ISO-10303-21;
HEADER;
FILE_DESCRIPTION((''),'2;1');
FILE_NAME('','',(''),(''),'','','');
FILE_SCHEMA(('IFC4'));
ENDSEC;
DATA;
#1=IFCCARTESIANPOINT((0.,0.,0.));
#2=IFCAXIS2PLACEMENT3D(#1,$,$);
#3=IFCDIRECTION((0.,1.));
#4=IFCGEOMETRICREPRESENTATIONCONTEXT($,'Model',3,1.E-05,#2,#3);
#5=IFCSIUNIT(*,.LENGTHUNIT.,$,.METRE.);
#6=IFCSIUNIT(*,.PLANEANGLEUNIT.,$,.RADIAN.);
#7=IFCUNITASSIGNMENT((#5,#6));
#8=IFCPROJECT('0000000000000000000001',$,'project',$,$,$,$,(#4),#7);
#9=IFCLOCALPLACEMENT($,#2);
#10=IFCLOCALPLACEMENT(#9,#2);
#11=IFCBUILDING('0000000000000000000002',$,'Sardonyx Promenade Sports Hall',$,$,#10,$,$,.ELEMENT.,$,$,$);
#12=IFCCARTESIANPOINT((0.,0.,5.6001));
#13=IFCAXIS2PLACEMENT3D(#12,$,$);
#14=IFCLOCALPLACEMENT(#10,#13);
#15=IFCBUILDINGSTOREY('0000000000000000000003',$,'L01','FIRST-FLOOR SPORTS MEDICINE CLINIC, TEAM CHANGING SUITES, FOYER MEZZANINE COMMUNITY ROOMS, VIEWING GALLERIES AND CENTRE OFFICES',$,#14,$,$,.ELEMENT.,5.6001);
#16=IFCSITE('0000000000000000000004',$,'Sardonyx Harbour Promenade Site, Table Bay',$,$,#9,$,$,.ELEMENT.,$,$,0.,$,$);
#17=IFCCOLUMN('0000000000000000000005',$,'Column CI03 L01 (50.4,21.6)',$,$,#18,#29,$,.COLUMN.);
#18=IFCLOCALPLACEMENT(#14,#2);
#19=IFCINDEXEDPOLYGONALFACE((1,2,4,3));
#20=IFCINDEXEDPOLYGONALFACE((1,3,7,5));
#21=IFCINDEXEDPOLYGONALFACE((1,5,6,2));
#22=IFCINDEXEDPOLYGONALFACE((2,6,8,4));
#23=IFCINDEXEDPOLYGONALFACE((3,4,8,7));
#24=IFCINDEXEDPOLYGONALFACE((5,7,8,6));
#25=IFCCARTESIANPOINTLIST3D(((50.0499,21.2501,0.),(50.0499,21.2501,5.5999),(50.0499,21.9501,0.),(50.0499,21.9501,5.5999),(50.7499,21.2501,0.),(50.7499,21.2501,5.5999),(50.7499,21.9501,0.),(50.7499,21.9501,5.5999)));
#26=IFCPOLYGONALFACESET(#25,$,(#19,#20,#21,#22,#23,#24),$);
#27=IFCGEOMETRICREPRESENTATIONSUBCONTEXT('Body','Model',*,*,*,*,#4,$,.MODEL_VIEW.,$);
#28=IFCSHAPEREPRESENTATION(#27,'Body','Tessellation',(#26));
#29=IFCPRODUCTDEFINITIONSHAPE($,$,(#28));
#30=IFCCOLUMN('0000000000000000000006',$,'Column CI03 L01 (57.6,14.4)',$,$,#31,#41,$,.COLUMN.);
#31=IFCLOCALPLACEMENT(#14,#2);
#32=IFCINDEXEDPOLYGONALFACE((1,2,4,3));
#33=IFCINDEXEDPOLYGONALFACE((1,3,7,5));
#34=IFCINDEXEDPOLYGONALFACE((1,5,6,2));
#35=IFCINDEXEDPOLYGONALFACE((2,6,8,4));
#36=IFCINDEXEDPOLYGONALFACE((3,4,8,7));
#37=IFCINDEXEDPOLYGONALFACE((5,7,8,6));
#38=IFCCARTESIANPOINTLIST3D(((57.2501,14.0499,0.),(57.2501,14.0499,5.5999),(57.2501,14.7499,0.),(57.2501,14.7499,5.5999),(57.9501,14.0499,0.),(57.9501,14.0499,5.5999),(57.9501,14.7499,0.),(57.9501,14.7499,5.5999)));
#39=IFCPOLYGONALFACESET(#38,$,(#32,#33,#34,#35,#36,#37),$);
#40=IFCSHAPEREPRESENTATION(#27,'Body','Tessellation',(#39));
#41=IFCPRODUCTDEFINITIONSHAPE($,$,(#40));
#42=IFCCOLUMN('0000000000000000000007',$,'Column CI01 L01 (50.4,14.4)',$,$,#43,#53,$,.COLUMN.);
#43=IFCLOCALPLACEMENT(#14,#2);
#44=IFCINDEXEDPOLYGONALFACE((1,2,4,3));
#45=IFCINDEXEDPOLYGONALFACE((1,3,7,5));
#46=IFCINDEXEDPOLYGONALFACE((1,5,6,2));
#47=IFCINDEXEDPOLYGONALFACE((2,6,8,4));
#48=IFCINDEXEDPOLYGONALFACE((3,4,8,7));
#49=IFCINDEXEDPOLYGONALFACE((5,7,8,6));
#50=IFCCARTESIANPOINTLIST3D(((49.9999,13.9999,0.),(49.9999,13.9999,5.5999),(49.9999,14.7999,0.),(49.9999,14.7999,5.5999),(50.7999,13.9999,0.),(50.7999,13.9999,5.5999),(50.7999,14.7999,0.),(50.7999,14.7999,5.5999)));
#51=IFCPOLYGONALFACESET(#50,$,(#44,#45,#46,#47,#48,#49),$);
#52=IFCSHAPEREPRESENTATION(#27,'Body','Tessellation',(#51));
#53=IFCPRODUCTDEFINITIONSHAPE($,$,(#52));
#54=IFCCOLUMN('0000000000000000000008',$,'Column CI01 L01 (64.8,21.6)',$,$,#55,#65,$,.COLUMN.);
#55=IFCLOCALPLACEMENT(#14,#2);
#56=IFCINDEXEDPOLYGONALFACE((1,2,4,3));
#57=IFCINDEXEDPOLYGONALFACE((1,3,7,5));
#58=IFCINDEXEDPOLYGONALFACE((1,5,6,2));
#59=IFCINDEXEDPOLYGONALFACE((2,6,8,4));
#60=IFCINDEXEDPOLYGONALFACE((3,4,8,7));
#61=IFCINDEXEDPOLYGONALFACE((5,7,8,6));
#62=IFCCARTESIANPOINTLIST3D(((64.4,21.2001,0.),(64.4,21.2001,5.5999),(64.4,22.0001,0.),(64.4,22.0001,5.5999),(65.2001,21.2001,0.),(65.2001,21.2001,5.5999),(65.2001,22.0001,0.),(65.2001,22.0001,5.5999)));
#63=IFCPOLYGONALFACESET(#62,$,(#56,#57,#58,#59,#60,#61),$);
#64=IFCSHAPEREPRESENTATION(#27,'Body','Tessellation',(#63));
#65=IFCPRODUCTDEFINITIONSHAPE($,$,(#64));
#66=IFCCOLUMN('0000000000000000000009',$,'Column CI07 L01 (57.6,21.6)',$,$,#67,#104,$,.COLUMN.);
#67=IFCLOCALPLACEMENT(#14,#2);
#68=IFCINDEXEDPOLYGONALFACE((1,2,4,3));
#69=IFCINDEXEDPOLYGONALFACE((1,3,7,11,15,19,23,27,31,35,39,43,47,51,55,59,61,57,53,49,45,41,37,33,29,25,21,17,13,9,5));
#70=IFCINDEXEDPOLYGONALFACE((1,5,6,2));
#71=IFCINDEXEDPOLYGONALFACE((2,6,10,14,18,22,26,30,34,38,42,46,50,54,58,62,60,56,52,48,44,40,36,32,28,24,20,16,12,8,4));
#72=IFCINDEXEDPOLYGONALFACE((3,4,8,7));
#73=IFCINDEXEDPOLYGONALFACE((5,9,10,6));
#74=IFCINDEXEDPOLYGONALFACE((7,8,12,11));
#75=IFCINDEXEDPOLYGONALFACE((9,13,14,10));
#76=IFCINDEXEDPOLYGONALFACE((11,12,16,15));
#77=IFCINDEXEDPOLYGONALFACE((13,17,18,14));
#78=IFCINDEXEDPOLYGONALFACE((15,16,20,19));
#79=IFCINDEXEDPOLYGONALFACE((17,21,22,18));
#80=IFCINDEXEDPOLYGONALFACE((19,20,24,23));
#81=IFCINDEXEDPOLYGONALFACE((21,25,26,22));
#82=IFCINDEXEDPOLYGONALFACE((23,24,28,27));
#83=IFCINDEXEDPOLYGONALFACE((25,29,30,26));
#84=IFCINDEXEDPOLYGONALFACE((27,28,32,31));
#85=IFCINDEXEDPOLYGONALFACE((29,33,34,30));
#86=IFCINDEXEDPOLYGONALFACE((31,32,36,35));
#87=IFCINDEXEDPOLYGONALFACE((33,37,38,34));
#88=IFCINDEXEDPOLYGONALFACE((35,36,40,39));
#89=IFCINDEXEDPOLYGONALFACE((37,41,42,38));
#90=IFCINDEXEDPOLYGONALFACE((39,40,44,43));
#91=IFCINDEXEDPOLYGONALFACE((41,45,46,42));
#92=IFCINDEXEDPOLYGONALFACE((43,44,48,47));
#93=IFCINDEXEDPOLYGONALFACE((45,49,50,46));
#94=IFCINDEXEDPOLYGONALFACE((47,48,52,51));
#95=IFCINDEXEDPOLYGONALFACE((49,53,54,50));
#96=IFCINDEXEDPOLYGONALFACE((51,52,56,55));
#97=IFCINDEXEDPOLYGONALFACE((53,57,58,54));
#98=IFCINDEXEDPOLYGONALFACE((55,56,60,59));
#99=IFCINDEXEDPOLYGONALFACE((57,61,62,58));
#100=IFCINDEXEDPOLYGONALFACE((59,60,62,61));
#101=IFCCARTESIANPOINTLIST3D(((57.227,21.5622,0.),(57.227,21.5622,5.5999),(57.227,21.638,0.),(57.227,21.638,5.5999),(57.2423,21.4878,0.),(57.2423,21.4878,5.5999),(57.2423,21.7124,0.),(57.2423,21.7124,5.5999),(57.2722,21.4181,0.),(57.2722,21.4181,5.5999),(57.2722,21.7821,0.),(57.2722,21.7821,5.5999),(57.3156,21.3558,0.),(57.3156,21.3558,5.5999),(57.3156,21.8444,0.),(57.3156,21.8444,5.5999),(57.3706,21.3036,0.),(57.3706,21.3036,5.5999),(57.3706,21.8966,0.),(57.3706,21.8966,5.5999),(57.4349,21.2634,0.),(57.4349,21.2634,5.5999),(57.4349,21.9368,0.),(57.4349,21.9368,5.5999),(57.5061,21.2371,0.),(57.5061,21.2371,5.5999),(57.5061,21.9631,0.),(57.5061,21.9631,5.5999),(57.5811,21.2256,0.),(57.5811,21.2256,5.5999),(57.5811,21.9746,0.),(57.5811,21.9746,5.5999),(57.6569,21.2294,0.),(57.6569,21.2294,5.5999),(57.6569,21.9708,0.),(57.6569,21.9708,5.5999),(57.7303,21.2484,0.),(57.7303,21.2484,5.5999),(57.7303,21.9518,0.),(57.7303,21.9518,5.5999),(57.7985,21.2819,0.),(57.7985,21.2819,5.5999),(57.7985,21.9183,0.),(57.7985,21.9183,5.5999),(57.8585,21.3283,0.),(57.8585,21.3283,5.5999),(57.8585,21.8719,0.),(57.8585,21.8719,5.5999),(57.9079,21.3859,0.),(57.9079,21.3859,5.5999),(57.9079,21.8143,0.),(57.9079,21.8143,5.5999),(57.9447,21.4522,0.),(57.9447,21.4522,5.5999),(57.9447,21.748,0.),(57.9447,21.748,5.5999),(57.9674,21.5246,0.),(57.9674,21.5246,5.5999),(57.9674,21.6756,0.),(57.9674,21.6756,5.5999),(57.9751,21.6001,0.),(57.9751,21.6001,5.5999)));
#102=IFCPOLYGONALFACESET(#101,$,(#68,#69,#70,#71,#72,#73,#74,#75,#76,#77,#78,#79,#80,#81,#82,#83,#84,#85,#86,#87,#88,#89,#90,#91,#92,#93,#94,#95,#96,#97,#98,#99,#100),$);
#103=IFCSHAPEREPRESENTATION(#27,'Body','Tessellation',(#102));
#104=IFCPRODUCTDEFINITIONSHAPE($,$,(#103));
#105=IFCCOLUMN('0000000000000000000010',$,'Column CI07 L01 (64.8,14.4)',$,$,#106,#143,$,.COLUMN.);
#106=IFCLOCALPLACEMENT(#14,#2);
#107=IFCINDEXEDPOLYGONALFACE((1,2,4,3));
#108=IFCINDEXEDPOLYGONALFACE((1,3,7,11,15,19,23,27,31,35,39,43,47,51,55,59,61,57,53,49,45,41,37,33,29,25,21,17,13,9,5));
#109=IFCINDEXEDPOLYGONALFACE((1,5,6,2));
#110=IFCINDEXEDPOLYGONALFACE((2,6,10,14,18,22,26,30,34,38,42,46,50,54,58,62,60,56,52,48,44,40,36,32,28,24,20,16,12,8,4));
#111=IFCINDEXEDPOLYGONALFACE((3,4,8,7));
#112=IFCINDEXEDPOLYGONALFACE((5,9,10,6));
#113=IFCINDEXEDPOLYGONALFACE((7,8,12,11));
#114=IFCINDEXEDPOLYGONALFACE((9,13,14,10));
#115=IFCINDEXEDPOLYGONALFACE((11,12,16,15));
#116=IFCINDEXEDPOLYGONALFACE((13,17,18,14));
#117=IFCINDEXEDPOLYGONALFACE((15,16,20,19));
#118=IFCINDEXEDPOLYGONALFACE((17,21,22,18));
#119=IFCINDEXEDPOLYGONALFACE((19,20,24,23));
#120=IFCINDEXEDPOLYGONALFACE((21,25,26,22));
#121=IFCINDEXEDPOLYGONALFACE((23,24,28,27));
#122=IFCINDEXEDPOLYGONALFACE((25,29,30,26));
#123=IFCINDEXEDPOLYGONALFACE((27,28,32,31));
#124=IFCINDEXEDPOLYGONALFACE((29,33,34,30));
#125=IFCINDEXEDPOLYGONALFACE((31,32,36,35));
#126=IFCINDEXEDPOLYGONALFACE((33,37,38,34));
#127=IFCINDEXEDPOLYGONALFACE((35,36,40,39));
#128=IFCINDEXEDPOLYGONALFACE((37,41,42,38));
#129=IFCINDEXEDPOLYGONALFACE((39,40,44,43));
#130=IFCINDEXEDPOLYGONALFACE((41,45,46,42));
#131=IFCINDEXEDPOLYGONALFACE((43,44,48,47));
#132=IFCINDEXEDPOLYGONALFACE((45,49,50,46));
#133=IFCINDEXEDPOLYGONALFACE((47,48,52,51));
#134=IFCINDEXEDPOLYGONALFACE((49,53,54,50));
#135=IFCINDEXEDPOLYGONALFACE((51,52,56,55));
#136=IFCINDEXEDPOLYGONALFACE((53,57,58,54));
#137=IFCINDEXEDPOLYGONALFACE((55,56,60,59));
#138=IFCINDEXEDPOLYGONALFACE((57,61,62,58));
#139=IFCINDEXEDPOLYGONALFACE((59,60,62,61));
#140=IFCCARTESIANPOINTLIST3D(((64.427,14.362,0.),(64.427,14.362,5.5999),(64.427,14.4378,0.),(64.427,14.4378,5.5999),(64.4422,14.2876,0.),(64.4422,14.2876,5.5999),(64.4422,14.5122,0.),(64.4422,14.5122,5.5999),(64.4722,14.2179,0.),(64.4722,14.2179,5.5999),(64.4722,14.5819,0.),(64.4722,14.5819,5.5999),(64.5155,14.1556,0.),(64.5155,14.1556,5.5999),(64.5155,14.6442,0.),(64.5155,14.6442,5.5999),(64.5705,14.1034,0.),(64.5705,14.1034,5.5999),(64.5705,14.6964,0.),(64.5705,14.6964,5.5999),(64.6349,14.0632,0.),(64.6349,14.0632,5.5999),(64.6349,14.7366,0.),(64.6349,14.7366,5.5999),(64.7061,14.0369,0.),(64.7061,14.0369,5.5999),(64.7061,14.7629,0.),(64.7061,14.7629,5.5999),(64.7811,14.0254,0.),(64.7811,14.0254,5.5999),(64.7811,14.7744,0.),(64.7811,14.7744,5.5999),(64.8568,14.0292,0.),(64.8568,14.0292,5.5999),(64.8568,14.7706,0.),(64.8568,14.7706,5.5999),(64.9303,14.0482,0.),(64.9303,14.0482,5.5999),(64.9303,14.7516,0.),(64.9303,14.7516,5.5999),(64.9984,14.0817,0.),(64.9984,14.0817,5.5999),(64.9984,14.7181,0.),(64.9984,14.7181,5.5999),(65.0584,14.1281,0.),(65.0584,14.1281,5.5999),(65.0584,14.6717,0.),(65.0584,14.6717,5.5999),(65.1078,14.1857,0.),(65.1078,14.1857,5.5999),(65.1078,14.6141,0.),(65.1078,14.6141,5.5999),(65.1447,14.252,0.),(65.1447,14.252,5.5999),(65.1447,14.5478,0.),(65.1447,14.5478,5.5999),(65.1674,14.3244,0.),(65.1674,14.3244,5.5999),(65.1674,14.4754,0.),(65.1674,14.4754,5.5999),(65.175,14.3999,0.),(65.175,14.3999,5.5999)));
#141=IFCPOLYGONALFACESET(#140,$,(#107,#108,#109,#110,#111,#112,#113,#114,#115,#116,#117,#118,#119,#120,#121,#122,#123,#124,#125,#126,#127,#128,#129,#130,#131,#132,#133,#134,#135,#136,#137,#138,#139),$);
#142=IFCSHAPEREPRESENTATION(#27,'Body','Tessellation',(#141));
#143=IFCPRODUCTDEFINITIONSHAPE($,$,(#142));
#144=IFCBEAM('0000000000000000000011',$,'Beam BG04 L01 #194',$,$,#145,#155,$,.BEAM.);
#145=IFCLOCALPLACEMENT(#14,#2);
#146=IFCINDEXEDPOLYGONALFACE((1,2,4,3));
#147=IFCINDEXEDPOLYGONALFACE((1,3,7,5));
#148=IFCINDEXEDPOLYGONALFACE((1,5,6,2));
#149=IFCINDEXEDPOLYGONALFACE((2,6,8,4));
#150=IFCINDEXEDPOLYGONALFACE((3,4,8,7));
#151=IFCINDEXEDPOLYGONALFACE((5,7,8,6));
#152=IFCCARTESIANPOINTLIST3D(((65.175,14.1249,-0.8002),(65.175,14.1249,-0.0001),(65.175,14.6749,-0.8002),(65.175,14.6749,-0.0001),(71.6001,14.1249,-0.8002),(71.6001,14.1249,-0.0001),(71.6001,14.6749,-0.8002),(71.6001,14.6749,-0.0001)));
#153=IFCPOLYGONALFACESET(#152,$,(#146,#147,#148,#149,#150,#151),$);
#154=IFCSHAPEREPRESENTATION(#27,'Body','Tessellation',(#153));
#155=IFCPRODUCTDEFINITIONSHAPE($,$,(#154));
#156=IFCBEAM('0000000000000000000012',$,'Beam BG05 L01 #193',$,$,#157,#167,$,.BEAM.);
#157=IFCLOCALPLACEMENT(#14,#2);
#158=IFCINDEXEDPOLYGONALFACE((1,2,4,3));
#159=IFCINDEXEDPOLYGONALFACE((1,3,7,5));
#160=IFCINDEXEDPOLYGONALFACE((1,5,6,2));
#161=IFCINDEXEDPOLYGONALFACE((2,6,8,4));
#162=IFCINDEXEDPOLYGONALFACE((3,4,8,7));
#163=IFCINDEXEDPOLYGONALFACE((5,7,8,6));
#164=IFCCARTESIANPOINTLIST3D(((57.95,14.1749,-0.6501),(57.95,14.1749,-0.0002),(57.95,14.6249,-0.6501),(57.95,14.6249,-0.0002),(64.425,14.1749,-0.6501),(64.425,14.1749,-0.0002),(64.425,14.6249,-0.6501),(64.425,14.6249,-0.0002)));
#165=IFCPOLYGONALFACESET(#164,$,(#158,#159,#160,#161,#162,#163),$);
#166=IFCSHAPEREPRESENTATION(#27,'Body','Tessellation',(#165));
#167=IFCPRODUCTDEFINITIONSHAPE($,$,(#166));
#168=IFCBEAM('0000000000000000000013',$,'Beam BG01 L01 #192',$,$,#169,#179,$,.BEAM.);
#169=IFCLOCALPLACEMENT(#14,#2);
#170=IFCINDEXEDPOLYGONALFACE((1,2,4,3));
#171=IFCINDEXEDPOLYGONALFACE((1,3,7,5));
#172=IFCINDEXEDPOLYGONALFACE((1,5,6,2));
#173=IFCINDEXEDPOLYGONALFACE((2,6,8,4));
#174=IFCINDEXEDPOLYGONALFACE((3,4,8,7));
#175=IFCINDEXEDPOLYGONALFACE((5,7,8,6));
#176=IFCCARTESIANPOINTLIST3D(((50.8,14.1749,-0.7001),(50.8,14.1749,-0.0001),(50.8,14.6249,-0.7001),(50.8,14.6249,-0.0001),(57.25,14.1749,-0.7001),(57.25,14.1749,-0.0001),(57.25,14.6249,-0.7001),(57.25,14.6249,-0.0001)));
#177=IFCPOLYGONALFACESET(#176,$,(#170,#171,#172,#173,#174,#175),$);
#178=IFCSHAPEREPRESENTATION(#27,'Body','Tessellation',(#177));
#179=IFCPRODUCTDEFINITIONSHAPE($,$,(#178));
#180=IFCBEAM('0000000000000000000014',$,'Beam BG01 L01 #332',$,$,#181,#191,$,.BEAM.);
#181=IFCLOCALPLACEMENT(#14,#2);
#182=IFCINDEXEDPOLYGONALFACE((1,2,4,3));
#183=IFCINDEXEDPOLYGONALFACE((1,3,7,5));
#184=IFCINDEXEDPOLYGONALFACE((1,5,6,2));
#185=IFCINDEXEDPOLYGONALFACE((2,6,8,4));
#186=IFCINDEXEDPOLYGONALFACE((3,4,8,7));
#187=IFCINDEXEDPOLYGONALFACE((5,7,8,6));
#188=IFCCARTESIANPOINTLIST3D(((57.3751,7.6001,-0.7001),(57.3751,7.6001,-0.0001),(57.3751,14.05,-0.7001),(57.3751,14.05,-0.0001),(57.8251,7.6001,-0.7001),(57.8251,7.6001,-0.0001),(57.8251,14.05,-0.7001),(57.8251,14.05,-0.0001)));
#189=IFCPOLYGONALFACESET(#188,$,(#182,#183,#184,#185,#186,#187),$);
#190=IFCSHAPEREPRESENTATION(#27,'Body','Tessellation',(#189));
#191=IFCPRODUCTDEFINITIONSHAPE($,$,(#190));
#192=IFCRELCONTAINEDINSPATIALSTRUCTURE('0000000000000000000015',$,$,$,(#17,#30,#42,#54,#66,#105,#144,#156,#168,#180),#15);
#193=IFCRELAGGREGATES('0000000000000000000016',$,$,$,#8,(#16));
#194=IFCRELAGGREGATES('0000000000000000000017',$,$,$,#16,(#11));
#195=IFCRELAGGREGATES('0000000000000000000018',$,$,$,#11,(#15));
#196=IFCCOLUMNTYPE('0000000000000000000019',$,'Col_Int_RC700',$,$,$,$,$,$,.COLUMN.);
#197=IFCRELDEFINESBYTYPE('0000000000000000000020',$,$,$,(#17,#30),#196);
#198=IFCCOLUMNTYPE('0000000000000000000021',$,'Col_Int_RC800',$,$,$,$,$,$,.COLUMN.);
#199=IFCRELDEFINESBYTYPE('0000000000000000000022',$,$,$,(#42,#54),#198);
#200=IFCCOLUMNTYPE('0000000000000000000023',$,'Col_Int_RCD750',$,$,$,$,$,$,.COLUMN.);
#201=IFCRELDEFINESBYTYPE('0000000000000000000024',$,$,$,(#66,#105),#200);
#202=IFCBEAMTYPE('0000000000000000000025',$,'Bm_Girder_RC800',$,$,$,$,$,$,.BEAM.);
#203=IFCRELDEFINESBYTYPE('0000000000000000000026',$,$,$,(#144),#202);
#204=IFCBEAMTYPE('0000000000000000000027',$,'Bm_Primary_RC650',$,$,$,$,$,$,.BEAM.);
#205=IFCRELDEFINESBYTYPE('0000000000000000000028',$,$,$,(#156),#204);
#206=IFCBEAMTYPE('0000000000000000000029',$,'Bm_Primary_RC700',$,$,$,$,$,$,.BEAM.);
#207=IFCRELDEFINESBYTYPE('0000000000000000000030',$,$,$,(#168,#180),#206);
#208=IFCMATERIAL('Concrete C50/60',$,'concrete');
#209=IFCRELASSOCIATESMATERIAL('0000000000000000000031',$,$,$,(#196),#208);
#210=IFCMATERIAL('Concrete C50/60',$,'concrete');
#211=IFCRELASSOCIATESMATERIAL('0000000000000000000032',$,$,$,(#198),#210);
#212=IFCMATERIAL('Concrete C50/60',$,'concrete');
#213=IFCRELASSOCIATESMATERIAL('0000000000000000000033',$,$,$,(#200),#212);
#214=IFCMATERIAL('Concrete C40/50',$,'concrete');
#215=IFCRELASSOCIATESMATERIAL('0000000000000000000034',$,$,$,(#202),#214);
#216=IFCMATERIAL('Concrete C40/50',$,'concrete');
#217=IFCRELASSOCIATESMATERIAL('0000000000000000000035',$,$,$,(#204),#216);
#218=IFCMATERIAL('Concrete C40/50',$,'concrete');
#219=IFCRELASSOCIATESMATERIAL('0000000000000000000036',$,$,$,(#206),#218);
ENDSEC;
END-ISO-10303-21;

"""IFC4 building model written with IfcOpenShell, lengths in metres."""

from ifc_helpers import new_model, si_unit, direction, frame, origin, origin_2d, place, context, subcontext, project, spatial, rectangle, circle, extrude, material, material_profile, profile_set, type_object, element, save


model = new_model("IFC4")

# Units and contexts
model_context = context("Model", 3, precision=1e-05, world=origin(), true_north=direction((0.0, 1.0)))
body_context = subcontext(model_context, "Body", "Model", "MODEL_VIEW")
ifc_project = project(units=[si_unit("LENGTHUNIT", "METRE"), si_unit("PLANEANGLEUNIT", "RADIAN")], contexts=[model_context])

# Site, building, storey
site_placement = place(None, origin())
site = spatial("IfcSite", under=ifc_project, at=site_placement, Name="Sardonyx Harbour Promenade Site, Table Bay", CompositionType="ELEMENT", RefElevation=0.0)
building_placement = place(site_placement, origin())
building = spatial("IfcBuilding", under=site, at=building_placement, Name="Sardonyx Promenade Sports Hall", CompositionType="ELEMENT")
storey_placement = place(building_placement, frame((0.0, 0.0, 5.6001)))
storey = spatial("IfcBuildingStorey", under=building, at=storey_placement, Name="L01", Description="FIRST-FLOOR SPORTS MEDICINE CLINIC, TEAM CHANGING SUITES, FOYER MEZZANINE COMMUNITY ROOMS, VIEWING GALLERIES AND CENTRE OFFICES", CompositionType="ELEMENT", Elevation=5.6001)

# Columns
ifc_material_1 = material(Name="Concrete C50/60", Category="concrete")
ifc_material_profile_1 = material_profile(ifc_material_1, rectangle(XDim=0.7, YDim=0.7, at=origin_2d()))
ifc_profile_set_1 = profile_set([ifc_material_profile_1], Name="Concrete C50/60")
column_type_1 = type_object("IfcColumnType", Name="Col_Int_RC700", PredefinedType="COLUMN", material=ifc_profile_set_1)
for number, where, z_axis, x_axis, name in (
    (1, (50.3999, 21.6001, 0.0), (0.0, 0.0, 1.0), (1.0, 0.0, 0.0), "Column CI03 L01 (50.4,21.6)"),
    (2, (57.6001, 14.3999, 0.0), (0.0, 0.0, 1.0), (1.0, 0.0, 0.0), "Column CI03 L01 (57.6,14.4)"),
):
    element("IfcColumn", number, at=place(storey_placement, frame(where, z_axis=z_axis, x_axis=x_axis)), inside=storey, type_object=column_type_1, Name=name, PredefinedType="COLUMN", context=body_context, shape_type="SweptSolid", body=[
        extrude(rectangle(XDim=0.7, YDim=0.7, at=origin_2d()), origin(), (0.0, 0.0, 1.0), 5.5999),
    ])
ifc_material_2 = material(Name="Concrete C50/60", Category="concrete")
ifc_material_profile_2 = material_profile(ifc_material_2, rectangle(XDim=0.8, YDim=0.8, at=origin_2d()))
ifc_profile_set_2 = profile_set([ifc_material_profile_2], Name="Concrete C50/60")
column_type_2 = type_object("IfcColumnType", Name="Col_Int_RC800", PredefinedType="COLUMN", material=ifc_profile_set_2)
for number, where, z_axis, x_axis, name in (
    (3, (50.3999, 14.3999, 0.0), (0.0, 0.0, 1.0), (1.0, 0.0, 0.0), "Column CI01 L01 (50.4,14.4)"),
    (4, (64.8, 21.6001, 0.0), (0.0, 0.0, 1.0), (1.0, 0.0, 0.0), "Column CI01 L01 (64.8,21.6)"),
):
    element("IfcColumn", number, at=place(storey_placement, frame(where, z_axis=z_axis, x_axis=x_axis)), inside=storey, type_object=column_type_2, Name=name, PredefinedType="COLUMN", context=body_context, shape_type="SweptSolid", body=[
        extrude(rectangle(XDim=0.8, YDim=0.8, at=origin_2d()), origin(), (0.0, 0.0, 1.0), 5.5999),
    ])
ifc_material_3 = material(Name="Concrete C50/60", Category="concrete")
ifc_material_profile_3 = material_profile(ifc_material_3, circle(Radius=0.375, at=origin_2d()))
ifc_profile_set_3 = profile_set([ifc_material_profile_3], Name="Concrete C50/60")
column_type_3 = type_object("IfcColumnType", Name="Col_Int_RCD750", PredefinedType="COLUMN", material=ifc_profile_set_3)
for number, where, z_axis, x_axis, name in (
    (5, (57.6001, 21.6001, 0.0), (0.0, 0.0, 1.0), (1.0, 0.0, 0.0), "Column CI07 L01 (57.6,21.6)"),
    (6, (64.8, 14.3999, 0.0), (0.0, 0.0, 1.0), (1.0, 0.0, 0.0), "Column CI07 L01 (64.8,14.4)"),
):
    element("IfcColumn", number, at=place(storey_placement, frame(where, z_axis=z_axis, x_axis=x_axis)), inside=storey, type_object=column_type_3, Name=name, PredefinedType="COLUMN", context=body_context, shape_type="SweptSolid", body=[
        extrude(circle(Radius=0.375, at=origin_2d()), origin(), (0.0, 0.0, 1.0), 5.5999),
    ])

# Beams
ifc_material_4 = material(Name="Concrete C40/50", Category="concrete")
ifc_material_profile_4 = material_profile(ifc_material_4, rectangle(XDim=0.55, YDim=0.8, at=origin_2d()))
ifc_profile_set_4 = profile_set([ifc_material_profile_4], Name="Concrete C40/50")
beam_type_1 = type_object("IfcBeamType", Name="Bm_Girder_RC800", PredefinedType="BEAM", material=ifc_profile_set_4)
beam_1_placement = place(storey_placement, frame((65.175, 14.3999, -0.4001), z_axis=(1.0, 0.0, 0.0), x_axis=(0.0, 1.0, 0.0)))
element("IfcBeam", 7, at=beam_1_placement, inside=storey, type_object=beam_type_1, Name="Beam BG04 L01 #194", PredefinedType="BEAM", context=body_context, shape_type="SweptSolid", body=[
    extrude(rectangle(XDim=0.55, YDim=0.8, at=origin_2d()), origin(), (0.0, 0.0, 1.0), 6.425),
])
ifc_material_5 = material(Name="Concrete C40/50", Category="concrete")
ifc_material_profile_5 = material_profile(ifc_material_5, rectangle(XDim=0.45, YDim=0.6499, at=origin_2d()))
ifc_profile_set_5 = profile_set([ifc_material_profile_5], Name="Concrete C40/50")
beam_type_2 = type_object("IfcBeamType", Name="Bm_Primary_RC650", PredefinedType="BEAM", material=ifc_profile_set_5)
beam_2_placement = place(storey_placement, frame((57.95, 14.3999, -0.3252), z_axis=(1.0, 0.0, 0.0), x_axis=(0.0, 1.0, 0.0)))
element("IfcBeam", 8, at=beam_2_placement, inside=storey, type_object=beam_type_2, Name="Beam BG05 L01 #193", PredefinedType="BEAM", context=body_context, shape_type="SweptSolid", body=[
    extrude(rectangle(XDim=0.45, YDim=0.6499, at=origin_2d()), origin(), (0.0, 0.0, 1.0), 6.4751),
])
ifc_material_6 = material(Name="Concrete C40/50", Category="concrete")
ifc_material_profile_6 = material_profile(ifc_material_6, rectangle(XDim=0.45, YDim=0.7, at=origin_2d()))
ifc_profile_set_6 = profile_set([ifc_material_profile_6], Name="Concrete C40/50")
beam_type_3 = type_object("IfcBeamType", Name="Bm_Primary_RC700", PredefinedType="BEAM", material=ifc_profile_set_6)
for number, where, z_axis, x_axis, name in (
    (9, (50.8, 14.3999, -0.3501), (1.0, 0.0, 0.0), (0.0, 1.0, 0.0), "Beam BG01 L01 #192"),
    (10, (57.6001, 7.6001, -0.3501), (0.0, 1.0, 0.0), (-1.0, 0.0, 0.0), "Beam BG01 L01 #332"),
):
    element("IfcBeam", number, at=place(storey_placement, frame(where, z_axis=z_axis, x_axis=x_axis)), inside=storey, type_object=beam_type_3, Name=name, PredefinedType="BEAM", context=body_context, shape_type="SweptSolid", body=[
        extrude(rectangle(XDim=0.45, YDim=0.7, at=origin_2d()), origin(), (0.0, 0.0, 1.0), 6.45),
    ])

save(model, "model.ifc")
